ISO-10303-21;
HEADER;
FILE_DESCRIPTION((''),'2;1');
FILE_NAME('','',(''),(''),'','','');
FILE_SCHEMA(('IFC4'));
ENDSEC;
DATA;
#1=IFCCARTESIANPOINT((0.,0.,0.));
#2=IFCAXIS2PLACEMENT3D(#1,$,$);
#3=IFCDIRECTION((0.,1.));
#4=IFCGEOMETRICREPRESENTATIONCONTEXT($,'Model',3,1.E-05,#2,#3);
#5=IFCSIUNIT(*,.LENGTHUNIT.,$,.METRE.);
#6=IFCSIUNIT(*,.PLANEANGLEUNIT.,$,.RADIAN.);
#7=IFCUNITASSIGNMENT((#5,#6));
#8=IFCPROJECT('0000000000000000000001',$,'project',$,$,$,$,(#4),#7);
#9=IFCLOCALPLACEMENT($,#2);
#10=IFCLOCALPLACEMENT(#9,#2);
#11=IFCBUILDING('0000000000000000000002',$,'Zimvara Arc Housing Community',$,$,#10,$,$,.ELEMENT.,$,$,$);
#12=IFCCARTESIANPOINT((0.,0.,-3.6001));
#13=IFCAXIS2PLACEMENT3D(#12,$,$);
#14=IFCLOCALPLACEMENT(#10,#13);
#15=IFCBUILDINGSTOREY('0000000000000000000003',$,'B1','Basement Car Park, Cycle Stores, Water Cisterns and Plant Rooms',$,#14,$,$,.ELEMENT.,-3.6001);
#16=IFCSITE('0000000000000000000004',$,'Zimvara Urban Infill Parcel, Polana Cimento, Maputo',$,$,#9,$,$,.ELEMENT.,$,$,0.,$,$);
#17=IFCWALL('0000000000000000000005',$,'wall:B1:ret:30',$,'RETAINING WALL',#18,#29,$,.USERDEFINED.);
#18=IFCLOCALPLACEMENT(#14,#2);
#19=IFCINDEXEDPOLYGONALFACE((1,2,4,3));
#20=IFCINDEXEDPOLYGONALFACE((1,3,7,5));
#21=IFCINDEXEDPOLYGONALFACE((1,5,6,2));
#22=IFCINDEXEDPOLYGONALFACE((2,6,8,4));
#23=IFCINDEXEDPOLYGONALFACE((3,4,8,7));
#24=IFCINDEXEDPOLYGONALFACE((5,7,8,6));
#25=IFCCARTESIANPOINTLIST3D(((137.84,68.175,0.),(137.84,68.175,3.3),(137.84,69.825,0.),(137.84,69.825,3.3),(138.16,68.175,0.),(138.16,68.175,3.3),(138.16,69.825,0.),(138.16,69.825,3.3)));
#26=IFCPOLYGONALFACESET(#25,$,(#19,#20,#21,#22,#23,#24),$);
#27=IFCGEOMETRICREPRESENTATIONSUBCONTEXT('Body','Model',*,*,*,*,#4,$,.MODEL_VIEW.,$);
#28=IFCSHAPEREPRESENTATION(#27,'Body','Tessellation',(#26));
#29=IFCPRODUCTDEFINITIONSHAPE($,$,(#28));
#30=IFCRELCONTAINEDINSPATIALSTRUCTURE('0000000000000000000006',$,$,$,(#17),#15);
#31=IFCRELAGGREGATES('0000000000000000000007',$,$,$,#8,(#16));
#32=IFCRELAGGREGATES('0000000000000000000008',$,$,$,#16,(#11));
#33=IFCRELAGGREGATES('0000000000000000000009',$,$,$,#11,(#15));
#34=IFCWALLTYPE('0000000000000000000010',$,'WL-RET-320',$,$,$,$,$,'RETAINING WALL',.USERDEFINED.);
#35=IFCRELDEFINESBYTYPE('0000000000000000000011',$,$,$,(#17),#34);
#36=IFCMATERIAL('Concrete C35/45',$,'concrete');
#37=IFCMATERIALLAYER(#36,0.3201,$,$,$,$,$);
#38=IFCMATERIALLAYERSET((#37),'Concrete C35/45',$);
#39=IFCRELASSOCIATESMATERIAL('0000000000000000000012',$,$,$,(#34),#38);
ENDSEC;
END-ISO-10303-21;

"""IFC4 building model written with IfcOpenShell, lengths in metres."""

from ifc_helpers import new_model, si_unit, direction, frame, frame_2d, origin, place, context, subcontext, project, spatial, rectangle, extrude, material, layer, layer_set, type_object, element, save


model = new_model("IFC4")

# Units and contexts
model_context = context("Model", 3, precision=1e-05, world=origin(), true_north=direction((0.0, 1.0)))
body_context = subcontext(model_context, "Body", "Model", "MODEL_VIEW")
ifc_project = project(units=[si_unit("LENGTHUNIT", "METRE"), si_unit("PLANEANGLEUNIT", "RADIAN")], contexts=[model_context])

# Site, building, storey
site_placement = place(None, origin())
site = spatial("IfcSite", under=ifc_project, at=site_placement, Name="Zimvara Urban Infill Parcel, Polana Cimento, Maputo", CompositionType="ELEMENT", RefElevation=0.0)
building_placement = place(site_placement, origin())
building = spatial("IfcBuilding", under=site, at=building_placement, Name="Zimvara Arc Housing Community", CompositionType="ELEMENT")
storey_placement = place(building_placement, frame((0.0, 0.0, -3.6001)))
storey = spatial("IfcBuildingStorey", under=building, at=storey_placement, Name="B1", Description="Basement Car Park, Cycle Stores, Water Cisterns and Plant Rooms", CompositionType="ELEMENT", Elevation=-3.6001)

# Wall
ifc_material_1 = material(Name="Concrete C35/45", Category="concrete")
ifc_layer = layer(ifc_material_1, 0.3201)
ifc_layer_set = layer_set([ifc_layer], Name="Concrete C35/45")
wall_type = type_object("IfcWallType", Name="WL-RET-320", ElementType="RETAINING WALL", PredefinedType="USERDEFINED", material=ifc_layer_set)
wall_placement = place(storey_placement, frame((138.0, 69.825, 0.0), z_axis=(0.0, 0.0, 1.0), x_axis=(0.0, -1.0, 0.0)))
element("IfcWall", 1, at=wall_placement, inside=storey, type_object=wall_type, Name="wall:B1:ret:30", ObjectType="RETAINING WALL", PredefinedType="USERDEFINED", context=body_context, shape_type="SweptSolid", body=[
    extrude(rectangle(XDim=1.6499, YDim=0.3201, at=frame_2d((0.825, 0.0))), origin(), (0.0, 0.0, 1.0), 3.3),
])

save(model, "model.ifc")
